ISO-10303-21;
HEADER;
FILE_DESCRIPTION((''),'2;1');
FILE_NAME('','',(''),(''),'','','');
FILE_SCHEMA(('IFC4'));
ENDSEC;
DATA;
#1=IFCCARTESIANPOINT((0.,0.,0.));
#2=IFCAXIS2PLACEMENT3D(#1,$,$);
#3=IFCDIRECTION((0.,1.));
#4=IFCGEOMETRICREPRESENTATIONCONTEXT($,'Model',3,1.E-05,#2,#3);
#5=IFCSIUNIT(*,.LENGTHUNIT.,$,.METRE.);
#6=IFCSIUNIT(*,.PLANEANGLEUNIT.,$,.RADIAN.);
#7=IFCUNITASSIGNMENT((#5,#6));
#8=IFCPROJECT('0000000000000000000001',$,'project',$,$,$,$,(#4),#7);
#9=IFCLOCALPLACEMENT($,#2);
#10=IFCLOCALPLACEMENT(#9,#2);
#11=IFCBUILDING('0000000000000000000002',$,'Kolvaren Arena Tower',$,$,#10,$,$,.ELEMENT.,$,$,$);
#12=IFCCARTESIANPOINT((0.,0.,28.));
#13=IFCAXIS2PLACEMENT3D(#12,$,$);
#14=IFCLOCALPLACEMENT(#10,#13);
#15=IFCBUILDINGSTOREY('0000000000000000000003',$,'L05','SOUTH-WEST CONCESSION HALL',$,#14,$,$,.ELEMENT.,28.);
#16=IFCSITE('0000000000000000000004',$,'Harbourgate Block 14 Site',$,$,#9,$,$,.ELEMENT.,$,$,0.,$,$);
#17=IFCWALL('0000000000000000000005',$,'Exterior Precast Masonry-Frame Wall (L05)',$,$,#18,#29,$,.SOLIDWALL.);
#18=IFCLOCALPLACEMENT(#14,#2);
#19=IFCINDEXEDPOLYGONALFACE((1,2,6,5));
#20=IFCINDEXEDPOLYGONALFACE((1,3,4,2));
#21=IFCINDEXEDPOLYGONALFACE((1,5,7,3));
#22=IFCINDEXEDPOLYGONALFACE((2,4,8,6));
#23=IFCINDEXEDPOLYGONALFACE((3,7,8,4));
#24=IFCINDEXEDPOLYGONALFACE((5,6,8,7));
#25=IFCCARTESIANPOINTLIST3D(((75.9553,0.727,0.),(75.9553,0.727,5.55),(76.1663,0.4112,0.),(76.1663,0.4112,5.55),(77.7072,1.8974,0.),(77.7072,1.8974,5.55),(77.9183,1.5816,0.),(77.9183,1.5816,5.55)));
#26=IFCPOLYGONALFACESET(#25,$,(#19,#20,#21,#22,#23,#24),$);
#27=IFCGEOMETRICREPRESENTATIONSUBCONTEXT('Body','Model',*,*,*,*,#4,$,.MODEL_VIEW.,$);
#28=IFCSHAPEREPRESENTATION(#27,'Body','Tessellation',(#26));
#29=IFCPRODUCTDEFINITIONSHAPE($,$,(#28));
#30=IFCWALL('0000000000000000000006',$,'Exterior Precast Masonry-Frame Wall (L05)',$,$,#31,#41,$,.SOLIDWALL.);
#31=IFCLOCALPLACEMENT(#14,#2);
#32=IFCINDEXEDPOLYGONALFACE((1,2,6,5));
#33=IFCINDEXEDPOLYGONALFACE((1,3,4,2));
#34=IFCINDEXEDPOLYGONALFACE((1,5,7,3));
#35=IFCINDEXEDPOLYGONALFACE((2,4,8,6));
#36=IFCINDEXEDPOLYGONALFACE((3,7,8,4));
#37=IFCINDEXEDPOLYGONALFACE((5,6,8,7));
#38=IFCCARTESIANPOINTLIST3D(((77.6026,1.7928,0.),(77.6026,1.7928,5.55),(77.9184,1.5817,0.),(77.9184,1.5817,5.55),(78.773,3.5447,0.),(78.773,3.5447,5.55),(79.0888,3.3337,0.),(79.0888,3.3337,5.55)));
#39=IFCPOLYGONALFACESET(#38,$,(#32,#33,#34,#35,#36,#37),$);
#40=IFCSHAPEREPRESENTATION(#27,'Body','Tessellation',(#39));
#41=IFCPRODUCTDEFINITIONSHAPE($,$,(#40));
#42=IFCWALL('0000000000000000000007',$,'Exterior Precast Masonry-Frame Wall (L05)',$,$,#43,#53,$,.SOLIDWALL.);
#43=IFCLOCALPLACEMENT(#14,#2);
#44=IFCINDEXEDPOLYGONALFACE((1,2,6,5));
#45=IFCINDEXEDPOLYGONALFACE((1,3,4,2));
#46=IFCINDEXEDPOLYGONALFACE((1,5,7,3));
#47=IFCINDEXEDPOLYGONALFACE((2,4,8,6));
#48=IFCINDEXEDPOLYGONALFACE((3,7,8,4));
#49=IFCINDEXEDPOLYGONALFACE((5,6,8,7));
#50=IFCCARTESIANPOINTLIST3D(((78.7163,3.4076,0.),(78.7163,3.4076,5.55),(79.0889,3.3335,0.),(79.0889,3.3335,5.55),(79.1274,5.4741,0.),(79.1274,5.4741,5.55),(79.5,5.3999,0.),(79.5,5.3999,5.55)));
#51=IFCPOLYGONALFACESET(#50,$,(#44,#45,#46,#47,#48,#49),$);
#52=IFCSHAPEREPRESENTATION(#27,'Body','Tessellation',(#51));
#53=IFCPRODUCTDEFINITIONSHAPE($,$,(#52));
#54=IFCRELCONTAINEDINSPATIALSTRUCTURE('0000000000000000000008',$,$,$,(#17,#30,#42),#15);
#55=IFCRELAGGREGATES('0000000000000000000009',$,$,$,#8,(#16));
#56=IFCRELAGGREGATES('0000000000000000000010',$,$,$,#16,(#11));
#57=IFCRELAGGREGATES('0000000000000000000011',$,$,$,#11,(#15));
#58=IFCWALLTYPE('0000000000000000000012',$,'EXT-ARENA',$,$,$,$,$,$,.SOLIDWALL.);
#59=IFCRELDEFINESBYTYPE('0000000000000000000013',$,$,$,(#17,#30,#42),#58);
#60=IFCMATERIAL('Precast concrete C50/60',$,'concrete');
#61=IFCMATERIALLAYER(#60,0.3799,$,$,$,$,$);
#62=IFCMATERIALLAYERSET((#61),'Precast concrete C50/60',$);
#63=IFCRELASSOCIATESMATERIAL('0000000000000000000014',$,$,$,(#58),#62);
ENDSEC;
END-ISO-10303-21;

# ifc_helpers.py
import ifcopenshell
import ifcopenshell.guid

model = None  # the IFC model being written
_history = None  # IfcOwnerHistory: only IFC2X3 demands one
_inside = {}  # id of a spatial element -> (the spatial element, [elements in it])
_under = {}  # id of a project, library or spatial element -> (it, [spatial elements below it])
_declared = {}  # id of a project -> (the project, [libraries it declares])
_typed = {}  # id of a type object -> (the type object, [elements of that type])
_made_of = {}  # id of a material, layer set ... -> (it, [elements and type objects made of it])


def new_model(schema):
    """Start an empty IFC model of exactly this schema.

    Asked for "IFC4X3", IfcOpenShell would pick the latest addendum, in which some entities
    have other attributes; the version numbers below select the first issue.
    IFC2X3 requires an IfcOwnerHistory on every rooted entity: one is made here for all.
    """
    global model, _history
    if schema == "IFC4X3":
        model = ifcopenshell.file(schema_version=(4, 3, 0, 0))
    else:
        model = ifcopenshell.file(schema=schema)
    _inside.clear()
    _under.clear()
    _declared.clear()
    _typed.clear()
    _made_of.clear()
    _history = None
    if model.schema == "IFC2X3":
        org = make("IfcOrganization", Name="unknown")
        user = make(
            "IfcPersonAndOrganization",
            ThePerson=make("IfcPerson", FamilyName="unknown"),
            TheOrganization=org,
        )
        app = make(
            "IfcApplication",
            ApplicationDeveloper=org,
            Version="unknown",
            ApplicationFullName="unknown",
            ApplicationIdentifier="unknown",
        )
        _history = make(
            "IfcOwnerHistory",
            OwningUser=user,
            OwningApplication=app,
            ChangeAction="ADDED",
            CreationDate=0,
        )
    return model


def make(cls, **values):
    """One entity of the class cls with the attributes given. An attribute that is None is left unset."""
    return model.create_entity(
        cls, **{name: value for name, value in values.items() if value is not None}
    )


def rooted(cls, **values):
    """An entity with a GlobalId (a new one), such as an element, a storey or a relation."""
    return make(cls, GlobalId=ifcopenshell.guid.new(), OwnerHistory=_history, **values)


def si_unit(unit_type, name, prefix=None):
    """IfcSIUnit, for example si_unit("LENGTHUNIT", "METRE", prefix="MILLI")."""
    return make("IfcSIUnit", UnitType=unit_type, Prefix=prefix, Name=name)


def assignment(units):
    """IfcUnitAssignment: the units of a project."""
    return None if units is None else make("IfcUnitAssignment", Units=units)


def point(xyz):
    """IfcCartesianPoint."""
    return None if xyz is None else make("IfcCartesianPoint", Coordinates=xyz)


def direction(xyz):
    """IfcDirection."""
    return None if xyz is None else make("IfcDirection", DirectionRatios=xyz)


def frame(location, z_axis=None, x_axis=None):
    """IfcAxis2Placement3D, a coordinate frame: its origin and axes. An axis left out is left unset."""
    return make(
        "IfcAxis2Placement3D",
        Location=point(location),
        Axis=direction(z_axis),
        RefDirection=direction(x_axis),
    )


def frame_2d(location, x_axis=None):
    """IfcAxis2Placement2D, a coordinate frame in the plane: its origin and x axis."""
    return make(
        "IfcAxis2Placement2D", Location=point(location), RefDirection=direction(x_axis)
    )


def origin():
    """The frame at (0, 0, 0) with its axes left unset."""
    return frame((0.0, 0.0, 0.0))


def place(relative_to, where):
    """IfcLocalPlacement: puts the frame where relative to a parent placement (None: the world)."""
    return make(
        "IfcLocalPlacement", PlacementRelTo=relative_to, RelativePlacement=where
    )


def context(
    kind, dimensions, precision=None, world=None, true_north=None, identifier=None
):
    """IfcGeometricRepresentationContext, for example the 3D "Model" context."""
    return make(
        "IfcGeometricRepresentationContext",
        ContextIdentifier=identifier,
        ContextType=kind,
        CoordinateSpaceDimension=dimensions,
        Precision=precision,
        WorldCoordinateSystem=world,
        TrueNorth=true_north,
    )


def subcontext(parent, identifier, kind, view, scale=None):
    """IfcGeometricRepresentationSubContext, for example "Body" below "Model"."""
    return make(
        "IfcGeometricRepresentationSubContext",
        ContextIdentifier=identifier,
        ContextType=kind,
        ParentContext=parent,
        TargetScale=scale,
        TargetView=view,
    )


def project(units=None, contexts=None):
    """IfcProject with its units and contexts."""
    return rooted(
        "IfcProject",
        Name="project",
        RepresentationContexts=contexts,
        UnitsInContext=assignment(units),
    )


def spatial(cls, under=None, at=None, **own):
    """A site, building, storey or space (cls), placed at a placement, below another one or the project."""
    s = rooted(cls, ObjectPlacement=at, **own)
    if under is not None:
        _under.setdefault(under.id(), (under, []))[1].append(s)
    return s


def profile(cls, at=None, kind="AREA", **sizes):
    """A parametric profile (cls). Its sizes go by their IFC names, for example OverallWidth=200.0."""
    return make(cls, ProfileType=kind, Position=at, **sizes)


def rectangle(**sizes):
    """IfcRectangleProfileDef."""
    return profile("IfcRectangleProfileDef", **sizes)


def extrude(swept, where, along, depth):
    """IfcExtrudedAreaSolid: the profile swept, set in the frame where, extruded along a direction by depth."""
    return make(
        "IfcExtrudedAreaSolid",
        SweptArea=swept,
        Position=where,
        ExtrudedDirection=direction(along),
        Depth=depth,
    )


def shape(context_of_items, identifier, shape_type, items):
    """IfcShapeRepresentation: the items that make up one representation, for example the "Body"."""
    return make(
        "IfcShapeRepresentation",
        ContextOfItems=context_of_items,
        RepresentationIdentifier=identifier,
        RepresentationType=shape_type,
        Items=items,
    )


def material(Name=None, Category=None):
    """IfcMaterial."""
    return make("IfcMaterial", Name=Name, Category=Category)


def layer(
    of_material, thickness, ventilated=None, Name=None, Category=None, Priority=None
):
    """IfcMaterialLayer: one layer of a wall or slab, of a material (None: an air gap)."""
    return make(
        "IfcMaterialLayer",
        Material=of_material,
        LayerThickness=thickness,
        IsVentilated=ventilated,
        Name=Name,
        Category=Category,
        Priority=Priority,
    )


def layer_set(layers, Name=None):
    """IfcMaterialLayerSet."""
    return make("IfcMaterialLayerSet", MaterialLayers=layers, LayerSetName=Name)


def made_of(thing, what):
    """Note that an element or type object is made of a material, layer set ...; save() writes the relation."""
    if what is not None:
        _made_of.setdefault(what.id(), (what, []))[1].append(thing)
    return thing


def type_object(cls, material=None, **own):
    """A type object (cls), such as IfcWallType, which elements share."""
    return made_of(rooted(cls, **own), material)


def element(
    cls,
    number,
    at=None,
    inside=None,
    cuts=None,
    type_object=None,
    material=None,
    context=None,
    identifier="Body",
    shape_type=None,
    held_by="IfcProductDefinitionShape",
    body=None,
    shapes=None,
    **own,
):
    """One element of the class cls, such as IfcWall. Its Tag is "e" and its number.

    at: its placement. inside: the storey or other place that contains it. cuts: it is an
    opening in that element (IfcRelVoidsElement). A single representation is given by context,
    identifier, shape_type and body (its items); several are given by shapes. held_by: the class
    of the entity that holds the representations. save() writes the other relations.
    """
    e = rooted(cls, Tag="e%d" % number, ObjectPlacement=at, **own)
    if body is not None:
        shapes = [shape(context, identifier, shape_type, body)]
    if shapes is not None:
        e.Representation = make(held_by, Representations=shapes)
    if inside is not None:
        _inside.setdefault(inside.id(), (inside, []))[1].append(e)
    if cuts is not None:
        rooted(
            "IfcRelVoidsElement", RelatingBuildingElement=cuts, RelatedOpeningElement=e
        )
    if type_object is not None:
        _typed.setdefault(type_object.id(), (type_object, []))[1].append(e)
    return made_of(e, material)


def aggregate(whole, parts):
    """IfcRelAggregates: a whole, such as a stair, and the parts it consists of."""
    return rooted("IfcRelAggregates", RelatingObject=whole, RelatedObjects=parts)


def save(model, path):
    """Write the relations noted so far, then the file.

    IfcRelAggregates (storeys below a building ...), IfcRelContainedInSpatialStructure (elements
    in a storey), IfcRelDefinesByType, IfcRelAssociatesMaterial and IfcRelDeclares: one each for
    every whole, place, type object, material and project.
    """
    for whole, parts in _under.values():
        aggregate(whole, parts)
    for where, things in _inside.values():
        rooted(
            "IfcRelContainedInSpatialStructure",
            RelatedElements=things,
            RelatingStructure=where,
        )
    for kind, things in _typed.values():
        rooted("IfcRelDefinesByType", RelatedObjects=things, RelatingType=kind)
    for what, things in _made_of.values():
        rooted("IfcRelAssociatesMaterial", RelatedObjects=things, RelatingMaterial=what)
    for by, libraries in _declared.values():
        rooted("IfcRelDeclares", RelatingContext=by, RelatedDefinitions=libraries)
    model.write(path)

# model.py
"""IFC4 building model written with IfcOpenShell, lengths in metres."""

from ifc_helpers import new_model, si_unit, direction, frame, frame_2d, origin, place, context, subcontext, project, spatial, rectangle, extrude, material, layer, layer_set, type_object, element, save


model = new_model("IFC4")

# Units and contexts
model_context = context("Model", 3, precision=1e-05, world=origin(), true_north=direction((0.0, 1.0)))
body_context = subcontext(model_context, "Body", "Model", "MODEL_VIEW")
ifc_project = project(units=[si_unit("LENGTHUNIT", "METRE"), si_unit("PLANEANGLEUNIT", "RADIAN")], contexts=[model_context])

# Site, building, storey
site_placement = place(None, origin())
site = spatial("IfcSite", under=ifc_project, at=site_placement, Name="Harbourgate Block 14 Site", CompositionType="ELEMENT", RefElevation=0.0)
building_placement = place(site_placement, origin())
building = spatial("IfcBuilding", under=site, at=building_placement, Name="Kolvaren Arena Tower", CompositionType="ELEMENT")
storey_placement = place(building_placement, frame((0.0, 0.0, 28.0)))
storey = spatial("IfcBuildingStorey", under=building, at=storey_placement, Name="L05", Description="SOUTH-WEST CONCESSION HALL", CompositionType="ELEMENT", Elevation=28.0)

# Walls
ifc_material_1 = material(Name="Precast concrete C50/60", Category="concrete")
ifc_layer_1 = layer(ifc_material_1, 0.3799)
ifc_layer_set_1 = layer_set([ifc_layer_1], Name="Precast concrete C50/60")
wall_type_1 = type_object("IfcWallType", Name="EXT-ARENA", PredefinedType="SOLIDWALL", material=ifc_layer_set_1)
for number, where, z_axis, x_axis, name in (
    (1, (77.8127, 1.7395, 0.0), (0.0, 0.0, 1.0), (-0.831515, -0.555502, 0.0), "Exterior Precast Masonry-Frame Wall (L05)"),
    (2, (78.9309, 3.4392, 0.0), (0.0, 0.0, 1.0), (-0.555502, -0.831515, 0.0), "Exterior Precast Masonry-Frame Wall (L05)"),
    (3, (79.3137, 5.437, 0.0), (0.0, 0.0, 1.0), (-0.195136, -0.980776, 0.0), "Exterior Precast Masonry-Frame Wall (L05)"),
):
    element("IfcWall", number, at=place(storey_placement, frame(where, z_axis=z_axis, x_axis=x_axis)), inside=storey, type_object=wall_type_1, Name=name, PredefinedType="SOLIDWALL", context=body_context, shape_type="SweptSolid", body=[
        extrude(rectangle(XDim=2.1069, YDim=0.3799, at=frame_2d((1.0535, 0.0))), origin(), (0.0, 0.0, 1.0), 5.55),
    ])

save(model, "model.ifc")
